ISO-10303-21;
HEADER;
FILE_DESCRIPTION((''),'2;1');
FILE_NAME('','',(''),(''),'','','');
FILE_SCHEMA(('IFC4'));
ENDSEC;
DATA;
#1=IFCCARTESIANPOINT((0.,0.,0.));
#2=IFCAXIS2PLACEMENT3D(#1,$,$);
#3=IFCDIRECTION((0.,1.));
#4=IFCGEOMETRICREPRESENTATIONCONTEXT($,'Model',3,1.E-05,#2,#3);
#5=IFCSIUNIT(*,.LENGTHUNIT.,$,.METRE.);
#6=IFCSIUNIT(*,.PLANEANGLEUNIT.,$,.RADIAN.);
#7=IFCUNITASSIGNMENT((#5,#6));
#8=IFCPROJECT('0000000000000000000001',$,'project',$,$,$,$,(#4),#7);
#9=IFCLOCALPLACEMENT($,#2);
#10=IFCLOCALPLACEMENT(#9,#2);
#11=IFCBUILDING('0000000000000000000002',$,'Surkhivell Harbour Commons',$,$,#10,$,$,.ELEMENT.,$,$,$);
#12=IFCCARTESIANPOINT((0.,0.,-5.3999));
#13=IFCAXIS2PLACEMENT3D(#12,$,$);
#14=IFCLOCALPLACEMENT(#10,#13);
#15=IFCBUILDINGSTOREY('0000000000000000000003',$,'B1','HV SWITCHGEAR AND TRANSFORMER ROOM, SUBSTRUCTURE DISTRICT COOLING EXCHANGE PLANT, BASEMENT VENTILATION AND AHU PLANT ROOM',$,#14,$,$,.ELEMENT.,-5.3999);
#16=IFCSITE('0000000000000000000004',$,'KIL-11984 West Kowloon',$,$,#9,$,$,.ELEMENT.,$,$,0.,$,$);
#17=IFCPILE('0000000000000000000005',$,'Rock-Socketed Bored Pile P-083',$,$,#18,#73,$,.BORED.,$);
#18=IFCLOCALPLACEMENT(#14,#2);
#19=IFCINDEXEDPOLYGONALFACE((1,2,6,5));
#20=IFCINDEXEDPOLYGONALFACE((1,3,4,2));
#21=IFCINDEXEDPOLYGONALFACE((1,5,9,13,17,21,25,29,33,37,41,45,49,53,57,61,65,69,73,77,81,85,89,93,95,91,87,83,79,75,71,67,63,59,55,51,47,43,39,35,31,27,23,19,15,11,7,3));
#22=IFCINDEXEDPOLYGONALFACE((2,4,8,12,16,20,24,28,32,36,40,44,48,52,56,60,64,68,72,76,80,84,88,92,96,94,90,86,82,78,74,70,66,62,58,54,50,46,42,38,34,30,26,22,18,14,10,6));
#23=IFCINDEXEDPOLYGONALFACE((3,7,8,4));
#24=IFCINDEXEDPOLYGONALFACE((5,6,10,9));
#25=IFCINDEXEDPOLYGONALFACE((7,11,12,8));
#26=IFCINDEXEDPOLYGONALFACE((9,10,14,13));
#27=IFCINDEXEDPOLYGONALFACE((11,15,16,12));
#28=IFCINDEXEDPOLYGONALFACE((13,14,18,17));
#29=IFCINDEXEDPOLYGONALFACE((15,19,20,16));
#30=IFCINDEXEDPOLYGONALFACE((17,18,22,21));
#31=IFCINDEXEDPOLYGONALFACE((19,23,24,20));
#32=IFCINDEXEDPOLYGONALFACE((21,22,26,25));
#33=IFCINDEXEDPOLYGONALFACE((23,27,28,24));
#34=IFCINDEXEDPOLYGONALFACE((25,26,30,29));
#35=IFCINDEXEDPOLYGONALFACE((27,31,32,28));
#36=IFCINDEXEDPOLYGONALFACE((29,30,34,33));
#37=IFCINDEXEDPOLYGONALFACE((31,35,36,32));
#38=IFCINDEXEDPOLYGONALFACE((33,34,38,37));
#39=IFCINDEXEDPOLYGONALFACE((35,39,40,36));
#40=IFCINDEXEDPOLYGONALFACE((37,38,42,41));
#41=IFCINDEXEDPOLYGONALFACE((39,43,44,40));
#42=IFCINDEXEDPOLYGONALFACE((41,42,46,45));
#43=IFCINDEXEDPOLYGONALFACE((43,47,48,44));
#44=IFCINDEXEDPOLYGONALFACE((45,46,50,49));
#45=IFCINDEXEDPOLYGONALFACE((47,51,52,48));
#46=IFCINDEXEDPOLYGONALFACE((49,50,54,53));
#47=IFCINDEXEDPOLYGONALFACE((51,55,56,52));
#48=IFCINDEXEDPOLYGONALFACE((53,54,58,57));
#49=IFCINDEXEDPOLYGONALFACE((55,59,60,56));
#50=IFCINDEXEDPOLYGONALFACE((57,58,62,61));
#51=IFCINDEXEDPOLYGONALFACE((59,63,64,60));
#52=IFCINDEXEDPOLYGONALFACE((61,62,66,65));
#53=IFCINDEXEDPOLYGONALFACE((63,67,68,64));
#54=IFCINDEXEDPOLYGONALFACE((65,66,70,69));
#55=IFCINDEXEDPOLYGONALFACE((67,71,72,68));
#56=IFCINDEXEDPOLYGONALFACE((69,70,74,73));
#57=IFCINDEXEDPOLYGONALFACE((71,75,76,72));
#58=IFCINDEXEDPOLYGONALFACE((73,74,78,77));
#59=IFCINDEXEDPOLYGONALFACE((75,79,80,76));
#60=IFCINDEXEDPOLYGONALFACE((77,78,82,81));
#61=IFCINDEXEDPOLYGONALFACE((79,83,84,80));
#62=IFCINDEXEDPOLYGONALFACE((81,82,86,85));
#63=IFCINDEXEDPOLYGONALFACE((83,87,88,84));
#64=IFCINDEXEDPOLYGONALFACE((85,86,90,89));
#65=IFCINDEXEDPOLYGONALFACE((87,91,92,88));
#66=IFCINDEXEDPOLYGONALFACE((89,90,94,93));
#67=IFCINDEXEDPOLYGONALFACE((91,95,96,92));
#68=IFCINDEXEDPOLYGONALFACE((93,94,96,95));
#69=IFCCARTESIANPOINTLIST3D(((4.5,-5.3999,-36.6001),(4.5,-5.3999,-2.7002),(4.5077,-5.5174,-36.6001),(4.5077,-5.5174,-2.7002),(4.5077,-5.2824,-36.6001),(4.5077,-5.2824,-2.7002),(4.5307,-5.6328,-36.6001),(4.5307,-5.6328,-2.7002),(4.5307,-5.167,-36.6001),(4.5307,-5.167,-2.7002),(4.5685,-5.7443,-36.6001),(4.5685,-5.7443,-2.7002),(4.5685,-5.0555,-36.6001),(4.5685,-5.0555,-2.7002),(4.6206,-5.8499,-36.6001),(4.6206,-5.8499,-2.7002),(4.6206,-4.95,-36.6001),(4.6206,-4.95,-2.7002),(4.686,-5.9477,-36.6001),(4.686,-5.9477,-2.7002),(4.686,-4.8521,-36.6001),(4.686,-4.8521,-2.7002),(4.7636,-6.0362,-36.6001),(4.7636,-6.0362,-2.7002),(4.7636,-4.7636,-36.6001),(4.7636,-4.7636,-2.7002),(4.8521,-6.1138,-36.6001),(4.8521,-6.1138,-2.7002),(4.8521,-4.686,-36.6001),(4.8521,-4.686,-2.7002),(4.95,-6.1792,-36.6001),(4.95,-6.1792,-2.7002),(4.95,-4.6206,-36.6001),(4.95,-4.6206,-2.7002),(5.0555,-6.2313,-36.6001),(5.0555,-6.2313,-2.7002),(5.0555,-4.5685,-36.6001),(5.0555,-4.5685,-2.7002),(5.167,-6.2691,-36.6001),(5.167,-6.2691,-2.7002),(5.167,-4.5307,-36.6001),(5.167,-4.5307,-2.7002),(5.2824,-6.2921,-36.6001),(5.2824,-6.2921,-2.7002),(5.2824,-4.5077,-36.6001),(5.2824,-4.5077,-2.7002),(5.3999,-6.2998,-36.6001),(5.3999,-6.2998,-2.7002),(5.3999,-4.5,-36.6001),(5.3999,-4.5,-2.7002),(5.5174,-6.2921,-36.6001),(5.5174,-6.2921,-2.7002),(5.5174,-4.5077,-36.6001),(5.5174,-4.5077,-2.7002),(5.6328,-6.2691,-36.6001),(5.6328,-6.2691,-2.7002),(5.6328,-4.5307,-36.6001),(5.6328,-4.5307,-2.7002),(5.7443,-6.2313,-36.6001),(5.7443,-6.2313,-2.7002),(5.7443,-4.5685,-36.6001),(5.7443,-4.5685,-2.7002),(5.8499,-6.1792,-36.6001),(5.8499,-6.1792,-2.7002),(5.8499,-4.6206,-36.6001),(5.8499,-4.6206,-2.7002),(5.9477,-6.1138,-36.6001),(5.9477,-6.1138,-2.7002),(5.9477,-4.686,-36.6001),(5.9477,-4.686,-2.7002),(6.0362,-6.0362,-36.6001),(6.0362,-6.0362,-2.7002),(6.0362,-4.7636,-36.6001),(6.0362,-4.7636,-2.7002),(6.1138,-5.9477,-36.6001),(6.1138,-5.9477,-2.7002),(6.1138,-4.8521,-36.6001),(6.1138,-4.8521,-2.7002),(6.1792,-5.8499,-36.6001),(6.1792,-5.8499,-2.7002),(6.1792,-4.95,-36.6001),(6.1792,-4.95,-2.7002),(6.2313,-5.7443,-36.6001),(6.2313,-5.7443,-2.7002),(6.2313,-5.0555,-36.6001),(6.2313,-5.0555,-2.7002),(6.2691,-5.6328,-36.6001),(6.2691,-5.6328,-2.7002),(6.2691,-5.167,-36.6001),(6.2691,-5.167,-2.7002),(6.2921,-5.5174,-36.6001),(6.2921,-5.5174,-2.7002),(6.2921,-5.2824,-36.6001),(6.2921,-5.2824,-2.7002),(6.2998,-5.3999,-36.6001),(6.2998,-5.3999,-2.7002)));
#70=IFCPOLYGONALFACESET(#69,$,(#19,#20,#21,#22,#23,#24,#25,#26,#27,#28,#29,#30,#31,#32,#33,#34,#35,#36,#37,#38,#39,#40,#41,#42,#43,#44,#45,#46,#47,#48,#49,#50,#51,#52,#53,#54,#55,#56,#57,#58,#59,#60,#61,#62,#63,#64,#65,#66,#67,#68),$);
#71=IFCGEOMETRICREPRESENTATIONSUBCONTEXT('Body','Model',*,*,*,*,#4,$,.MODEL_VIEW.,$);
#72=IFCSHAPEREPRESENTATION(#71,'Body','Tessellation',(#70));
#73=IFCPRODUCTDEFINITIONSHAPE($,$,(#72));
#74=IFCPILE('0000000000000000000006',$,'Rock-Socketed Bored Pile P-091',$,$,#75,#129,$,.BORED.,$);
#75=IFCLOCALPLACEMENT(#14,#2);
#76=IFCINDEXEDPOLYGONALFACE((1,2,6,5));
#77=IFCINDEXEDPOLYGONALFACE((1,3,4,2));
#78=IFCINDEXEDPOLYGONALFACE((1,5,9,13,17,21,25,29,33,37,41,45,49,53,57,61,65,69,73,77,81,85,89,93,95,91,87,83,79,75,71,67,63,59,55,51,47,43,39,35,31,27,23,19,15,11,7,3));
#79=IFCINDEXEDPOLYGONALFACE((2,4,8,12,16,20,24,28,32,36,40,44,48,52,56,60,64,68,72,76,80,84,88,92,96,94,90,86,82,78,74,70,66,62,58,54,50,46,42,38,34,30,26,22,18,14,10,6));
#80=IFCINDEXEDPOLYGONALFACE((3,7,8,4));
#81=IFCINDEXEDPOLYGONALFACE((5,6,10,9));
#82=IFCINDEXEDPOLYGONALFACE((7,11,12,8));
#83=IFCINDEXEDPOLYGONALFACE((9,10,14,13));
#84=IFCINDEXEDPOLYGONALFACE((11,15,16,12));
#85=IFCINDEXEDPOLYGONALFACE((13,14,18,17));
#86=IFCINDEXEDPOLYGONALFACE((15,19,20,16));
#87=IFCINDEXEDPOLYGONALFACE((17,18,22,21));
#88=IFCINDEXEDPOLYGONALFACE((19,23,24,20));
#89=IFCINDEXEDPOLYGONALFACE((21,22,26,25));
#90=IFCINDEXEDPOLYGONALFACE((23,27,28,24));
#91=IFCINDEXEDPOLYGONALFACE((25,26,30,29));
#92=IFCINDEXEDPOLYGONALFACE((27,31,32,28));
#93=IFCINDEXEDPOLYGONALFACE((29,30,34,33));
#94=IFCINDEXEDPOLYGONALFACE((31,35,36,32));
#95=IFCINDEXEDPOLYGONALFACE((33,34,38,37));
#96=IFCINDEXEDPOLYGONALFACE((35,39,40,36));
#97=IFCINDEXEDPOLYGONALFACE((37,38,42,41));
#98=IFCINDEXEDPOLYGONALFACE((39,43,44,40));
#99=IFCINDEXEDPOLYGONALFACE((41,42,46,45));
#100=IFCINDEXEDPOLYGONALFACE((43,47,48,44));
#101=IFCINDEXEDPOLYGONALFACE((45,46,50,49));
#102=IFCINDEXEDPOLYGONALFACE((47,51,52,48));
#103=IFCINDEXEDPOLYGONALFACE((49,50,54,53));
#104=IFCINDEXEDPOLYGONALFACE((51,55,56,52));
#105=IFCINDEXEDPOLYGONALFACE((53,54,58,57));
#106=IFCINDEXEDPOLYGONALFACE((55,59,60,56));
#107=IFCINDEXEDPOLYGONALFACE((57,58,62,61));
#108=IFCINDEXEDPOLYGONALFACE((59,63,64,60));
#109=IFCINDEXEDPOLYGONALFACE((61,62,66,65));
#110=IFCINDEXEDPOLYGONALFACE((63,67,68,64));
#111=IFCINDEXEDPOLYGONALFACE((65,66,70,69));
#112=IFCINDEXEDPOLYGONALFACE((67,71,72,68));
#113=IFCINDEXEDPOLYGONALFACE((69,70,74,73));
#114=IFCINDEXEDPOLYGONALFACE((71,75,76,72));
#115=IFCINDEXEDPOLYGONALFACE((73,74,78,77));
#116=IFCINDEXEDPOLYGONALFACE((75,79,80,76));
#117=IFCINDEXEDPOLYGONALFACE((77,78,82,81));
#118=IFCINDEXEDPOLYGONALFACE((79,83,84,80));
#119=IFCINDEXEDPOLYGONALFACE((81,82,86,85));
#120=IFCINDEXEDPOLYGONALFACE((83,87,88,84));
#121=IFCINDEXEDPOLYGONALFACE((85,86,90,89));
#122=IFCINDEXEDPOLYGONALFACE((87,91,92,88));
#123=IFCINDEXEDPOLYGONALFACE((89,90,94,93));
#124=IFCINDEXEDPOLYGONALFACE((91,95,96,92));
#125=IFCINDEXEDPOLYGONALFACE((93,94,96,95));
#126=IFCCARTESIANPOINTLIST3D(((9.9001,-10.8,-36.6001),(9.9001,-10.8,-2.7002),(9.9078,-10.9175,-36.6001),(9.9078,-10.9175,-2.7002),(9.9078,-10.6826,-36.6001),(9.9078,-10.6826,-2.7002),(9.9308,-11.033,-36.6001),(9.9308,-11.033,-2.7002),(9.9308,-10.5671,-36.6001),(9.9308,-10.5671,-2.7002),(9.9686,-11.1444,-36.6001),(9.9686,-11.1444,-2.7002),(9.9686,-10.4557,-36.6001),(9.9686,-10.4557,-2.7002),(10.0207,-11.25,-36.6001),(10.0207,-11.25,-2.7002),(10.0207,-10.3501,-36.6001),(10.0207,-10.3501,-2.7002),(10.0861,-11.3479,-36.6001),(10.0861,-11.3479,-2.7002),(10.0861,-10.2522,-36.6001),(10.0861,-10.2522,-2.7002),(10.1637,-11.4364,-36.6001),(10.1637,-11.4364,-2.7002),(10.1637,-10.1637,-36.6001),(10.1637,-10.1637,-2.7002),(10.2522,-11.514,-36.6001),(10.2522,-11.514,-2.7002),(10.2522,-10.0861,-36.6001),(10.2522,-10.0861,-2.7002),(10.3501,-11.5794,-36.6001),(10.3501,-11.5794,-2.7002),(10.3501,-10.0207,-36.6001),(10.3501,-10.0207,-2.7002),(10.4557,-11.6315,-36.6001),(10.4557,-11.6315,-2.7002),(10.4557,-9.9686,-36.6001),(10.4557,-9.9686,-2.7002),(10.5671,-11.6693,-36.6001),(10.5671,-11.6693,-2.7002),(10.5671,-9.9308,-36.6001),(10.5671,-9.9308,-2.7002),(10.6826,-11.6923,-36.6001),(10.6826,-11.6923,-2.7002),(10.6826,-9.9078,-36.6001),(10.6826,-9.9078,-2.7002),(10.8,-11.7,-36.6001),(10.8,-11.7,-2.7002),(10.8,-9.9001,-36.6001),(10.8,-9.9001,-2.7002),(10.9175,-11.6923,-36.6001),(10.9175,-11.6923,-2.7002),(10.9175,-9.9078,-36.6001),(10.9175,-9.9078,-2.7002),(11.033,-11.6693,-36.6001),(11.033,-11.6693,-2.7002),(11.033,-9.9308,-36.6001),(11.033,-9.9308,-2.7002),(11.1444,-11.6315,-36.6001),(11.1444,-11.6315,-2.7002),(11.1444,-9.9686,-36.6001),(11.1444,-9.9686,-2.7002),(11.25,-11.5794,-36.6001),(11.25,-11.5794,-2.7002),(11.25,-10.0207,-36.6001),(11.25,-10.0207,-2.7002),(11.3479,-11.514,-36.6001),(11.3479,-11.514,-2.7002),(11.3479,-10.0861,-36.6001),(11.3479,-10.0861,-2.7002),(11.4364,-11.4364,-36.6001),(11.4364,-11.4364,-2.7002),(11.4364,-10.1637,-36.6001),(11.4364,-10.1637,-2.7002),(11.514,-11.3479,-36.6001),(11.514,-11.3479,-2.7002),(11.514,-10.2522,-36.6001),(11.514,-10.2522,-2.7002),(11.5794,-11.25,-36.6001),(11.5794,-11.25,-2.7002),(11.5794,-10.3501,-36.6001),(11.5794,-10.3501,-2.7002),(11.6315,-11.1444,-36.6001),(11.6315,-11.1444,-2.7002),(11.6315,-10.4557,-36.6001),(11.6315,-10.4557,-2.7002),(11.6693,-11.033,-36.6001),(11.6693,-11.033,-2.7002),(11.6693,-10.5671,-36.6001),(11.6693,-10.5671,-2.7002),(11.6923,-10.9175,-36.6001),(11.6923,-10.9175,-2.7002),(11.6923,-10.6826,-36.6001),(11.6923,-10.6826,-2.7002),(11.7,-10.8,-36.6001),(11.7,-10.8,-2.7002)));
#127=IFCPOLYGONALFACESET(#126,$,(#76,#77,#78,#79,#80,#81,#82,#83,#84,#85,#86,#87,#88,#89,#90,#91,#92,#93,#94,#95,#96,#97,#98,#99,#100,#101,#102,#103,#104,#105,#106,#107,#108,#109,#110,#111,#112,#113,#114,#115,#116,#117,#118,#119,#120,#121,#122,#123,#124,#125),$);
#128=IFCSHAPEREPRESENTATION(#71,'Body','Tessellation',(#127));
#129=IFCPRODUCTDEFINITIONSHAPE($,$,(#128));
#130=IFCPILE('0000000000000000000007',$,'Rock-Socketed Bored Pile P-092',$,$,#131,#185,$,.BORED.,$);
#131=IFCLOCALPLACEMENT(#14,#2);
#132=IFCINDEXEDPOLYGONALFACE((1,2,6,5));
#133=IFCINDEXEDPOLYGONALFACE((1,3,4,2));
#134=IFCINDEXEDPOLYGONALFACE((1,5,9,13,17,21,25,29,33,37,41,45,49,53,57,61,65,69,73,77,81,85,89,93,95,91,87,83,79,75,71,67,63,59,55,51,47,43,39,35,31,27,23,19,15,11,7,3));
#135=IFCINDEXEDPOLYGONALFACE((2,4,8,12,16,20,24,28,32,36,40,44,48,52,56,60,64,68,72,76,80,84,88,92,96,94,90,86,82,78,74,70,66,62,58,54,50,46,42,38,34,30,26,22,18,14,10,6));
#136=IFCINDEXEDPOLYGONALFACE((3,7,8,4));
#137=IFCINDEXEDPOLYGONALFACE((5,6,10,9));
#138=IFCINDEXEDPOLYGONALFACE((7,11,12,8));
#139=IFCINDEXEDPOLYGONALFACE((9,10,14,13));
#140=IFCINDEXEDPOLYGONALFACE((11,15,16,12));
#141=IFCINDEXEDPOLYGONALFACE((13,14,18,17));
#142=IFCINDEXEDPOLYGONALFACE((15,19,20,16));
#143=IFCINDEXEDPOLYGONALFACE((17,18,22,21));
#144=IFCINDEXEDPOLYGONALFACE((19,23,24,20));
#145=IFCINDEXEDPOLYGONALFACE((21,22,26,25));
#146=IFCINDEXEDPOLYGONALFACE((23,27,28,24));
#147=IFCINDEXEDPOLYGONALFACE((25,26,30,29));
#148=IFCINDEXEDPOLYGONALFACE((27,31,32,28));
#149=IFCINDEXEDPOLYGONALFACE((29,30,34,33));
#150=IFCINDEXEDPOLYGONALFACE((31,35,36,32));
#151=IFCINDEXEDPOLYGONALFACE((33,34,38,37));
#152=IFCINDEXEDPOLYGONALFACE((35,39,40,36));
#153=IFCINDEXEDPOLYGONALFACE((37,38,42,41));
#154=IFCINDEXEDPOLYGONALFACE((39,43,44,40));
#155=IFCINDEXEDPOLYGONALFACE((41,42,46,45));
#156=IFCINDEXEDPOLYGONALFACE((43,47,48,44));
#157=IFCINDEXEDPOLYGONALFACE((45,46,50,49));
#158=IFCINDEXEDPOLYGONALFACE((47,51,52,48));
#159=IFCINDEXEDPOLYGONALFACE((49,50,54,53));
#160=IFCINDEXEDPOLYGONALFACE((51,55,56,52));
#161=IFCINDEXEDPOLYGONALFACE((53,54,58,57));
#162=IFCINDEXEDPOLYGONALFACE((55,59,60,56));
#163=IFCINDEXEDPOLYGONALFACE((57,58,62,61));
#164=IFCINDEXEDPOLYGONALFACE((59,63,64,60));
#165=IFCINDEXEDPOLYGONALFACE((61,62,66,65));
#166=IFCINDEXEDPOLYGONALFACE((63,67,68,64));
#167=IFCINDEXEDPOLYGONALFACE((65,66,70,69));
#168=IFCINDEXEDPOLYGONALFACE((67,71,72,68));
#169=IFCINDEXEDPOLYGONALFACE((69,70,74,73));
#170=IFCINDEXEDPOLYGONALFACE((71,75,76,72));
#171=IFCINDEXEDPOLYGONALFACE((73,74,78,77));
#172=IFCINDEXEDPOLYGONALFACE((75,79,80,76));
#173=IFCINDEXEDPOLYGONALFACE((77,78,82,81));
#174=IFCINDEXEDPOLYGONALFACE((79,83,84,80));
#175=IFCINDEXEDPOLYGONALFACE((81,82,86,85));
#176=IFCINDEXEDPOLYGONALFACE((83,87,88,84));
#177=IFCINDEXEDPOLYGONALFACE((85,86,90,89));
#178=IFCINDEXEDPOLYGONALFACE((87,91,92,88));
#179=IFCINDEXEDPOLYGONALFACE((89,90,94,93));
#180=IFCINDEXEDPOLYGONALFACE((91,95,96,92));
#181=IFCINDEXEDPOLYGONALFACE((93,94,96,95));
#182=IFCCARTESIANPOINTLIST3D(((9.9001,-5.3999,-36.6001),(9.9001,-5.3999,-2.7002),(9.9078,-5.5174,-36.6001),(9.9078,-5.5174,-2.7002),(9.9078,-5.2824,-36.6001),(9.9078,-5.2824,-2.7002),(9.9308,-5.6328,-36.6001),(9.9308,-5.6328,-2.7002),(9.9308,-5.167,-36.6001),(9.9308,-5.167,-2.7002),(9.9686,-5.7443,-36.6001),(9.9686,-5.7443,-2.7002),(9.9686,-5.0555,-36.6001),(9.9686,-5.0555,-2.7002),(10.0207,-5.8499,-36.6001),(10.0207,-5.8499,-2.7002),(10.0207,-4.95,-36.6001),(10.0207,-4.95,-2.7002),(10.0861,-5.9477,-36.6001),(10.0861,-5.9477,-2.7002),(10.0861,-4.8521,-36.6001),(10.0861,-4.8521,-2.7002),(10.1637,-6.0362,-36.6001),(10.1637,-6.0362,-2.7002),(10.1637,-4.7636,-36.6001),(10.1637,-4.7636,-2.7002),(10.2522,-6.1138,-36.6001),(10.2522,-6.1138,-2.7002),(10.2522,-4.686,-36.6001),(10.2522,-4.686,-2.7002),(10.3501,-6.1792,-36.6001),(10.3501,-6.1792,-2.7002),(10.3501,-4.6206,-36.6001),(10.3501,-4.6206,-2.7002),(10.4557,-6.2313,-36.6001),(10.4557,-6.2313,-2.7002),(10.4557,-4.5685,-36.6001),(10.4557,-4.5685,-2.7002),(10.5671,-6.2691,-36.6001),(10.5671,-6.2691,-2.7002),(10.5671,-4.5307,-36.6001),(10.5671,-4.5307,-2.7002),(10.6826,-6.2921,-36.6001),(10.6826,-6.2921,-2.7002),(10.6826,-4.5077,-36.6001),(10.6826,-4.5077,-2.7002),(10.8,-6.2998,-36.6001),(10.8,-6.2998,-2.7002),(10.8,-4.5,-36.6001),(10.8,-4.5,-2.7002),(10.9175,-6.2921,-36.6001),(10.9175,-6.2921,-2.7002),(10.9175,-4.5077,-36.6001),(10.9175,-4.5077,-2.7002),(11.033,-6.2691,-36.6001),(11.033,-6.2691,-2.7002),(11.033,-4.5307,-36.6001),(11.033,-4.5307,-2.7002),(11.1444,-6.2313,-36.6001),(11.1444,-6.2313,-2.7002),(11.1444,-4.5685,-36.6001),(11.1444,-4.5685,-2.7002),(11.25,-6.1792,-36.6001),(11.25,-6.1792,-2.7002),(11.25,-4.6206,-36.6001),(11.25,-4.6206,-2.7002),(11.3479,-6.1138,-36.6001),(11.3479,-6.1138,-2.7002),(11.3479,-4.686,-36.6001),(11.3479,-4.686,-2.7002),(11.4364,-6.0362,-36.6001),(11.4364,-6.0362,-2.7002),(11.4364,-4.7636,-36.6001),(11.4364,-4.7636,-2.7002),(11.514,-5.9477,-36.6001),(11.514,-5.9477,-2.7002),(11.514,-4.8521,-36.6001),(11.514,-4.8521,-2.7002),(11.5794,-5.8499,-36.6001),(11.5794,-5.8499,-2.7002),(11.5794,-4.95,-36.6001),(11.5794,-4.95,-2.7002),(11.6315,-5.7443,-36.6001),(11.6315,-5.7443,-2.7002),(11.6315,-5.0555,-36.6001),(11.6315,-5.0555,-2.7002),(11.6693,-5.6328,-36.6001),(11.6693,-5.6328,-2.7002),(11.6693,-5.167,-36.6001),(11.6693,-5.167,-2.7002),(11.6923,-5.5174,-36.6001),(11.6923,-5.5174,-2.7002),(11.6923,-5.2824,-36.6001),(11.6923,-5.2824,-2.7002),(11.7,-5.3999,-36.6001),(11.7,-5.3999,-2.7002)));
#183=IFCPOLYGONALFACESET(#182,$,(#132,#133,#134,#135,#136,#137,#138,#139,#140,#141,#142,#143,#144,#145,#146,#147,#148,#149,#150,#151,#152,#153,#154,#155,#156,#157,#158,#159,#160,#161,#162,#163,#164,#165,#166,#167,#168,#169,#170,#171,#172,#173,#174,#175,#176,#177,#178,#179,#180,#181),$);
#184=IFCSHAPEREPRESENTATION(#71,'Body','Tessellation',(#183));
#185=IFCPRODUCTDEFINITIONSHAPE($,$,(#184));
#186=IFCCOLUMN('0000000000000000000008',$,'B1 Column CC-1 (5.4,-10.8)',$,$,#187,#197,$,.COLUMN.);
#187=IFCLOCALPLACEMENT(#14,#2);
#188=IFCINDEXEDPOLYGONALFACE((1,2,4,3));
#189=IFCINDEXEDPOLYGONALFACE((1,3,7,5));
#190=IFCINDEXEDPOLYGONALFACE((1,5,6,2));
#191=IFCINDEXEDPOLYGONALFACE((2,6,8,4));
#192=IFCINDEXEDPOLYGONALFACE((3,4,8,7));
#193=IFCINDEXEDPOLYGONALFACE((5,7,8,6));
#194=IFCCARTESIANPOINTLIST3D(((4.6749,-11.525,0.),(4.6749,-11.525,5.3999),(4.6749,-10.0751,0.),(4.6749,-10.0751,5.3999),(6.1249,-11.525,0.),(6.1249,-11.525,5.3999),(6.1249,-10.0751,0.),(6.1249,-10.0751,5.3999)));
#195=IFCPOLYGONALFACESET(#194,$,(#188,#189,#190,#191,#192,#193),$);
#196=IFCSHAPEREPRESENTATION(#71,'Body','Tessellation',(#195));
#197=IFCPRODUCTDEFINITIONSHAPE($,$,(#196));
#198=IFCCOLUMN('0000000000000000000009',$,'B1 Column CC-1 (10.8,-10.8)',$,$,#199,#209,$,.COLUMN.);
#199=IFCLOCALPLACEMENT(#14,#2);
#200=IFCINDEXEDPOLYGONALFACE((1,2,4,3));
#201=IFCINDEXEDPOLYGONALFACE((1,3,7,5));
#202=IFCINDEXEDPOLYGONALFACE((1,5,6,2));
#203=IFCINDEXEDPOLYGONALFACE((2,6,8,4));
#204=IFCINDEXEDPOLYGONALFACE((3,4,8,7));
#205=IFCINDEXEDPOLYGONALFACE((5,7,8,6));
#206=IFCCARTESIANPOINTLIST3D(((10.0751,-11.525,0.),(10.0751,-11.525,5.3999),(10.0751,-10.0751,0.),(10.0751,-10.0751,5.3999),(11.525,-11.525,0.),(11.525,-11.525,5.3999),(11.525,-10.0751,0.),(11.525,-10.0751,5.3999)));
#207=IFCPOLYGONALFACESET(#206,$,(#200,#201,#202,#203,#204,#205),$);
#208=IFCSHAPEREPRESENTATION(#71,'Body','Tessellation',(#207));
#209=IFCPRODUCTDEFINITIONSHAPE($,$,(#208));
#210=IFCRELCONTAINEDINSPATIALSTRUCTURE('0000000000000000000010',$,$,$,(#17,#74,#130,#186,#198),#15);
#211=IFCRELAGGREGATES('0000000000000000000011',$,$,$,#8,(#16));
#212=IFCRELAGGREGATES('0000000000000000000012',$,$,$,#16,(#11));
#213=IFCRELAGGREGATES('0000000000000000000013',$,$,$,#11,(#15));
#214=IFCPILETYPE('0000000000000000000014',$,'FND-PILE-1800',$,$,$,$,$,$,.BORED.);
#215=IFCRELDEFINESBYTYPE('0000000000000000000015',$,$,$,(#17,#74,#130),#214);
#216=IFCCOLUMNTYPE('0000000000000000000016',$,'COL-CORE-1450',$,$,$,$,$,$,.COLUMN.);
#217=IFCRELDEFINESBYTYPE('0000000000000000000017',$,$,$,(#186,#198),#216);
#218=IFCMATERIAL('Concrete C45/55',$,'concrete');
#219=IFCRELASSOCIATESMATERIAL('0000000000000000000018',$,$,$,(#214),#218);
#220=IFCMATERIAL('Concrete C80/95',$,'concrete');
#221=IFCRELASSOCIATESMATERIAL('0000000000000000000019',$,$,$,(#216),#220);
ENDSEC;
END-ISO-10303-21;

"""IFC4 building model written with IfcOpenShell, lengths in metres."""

from ifc_helpers import new_model, si_unit, direction, frame, origin, origin_2d, place, context, subcontext, project, spatial, rectangle, circle, extrude, material, material_profile, profile_set, type_object, element, save


model = new_model("IFC4")

# Units and contexts
model_context = context("Model", 3, precision=1e-05, world=origin(), true_north=direction((0.0, 1.0)))
body_context = subcontext(model_context, "Body", "Model", "MODEL_VIEW")
ifc_project = project(units=[si_unit("LENGTHUNIT", "METRE"), si_unit("PLANEANGLEUNIT", "RADIAN")], contexts=[model_context])

# Site, building, storey
site_placement = place(None, origin())
site = spatial("IfcSite", under=ifc_project, at=site_placement, Name="KIL-11984 West Kowloon", CompositionType="ELEMENT", RefElevation=0.0)
building_placement = place(site_placement, origin())
building = spatial("IfcBuilding", under=site, at=building_placement, Name="Surkhivell Harbour Commons", CompositionType="ELEMENT")
storey_placement = place(building_placement, frame((0.0, 0.0, -5.3999)))
storey = spatial("IfcBuildingStorey", under=building, at=storey_placement, Name="B1", Description="HV SWITCHGEAR AND TRANSFORMER ROOM, SUBSTRUCTURE DISTRICT COOLING EXCHANGE PLANT, BASEMENT VENTILATION AND AHU PLANT ROOM", CompositionType="ELEMENT", Elevation=-5.3999)

# Piles
ifc_material_1 = material(Name="Concrete C45/55", Category="concrete")
ifc_material_profile_1 = material_profile(ifc_material_1, circle(Radius=0.8999, at=origin_2d()), Name="PILE-1800")
ifc_profile_set_1 = profile_set([ifc_material_profile_1], Name="Concrete C45/55")
pile_type_1 = type_object("IfcPileType", Name="FND-PILE-1800", PredefinedType="BORED", material=ifc_profile_set_1)
for number, where, z_axis, x_axis, name in (
    (1, (5.3999, -5.3999, -2.7002), (0.0, 0.0, -1.0), (1.0, 0.0, 0.0), "Rock-Socketed Bored Pile P-083"),
    (2, (10.8, -10.8, -2.7002), (0.0, 0.0, -1.0), (1.0, 0.0, 0.0), "Rock-Socketed Bored Pile P-091"),
    (3, (10.8, -5.3999, -2.7002), (0.0, 0.0, -1.0), (1.0, 0.0, 0.0), "Rock-Socketed Bored Pile P-092"),
):
    element("IfcPile", number, at=place(storey_placement, frame(where, z_axis=z_axis, x_axis=x_axis)), inside=storey, type_object=pile_type_1, Name=name, PredefinedType="BORED", context=body_context, shape_type="SweptSolid", body=[
        extrude(circle(Radius=0.8999, at=origin_2d()), origin(), (0.0, 0.0, 1.0), 33.8999),
    ])

# Columns
ifc_material_2 = material(Name="Concrete C80/95", Category="concrete")
ifc_material_profile_2 = material_profile(ifc_material_2, rectangle(XDim=1.45, YDim=1.45, at=origin_2d()), Name="RC-COL-1450x1450")
ifc_profile_set_2 = profile_set([ifc_material_profile_2], Name="Concrete C80/95")
column_type = type_object("IfcColumnType", Name="COL-CORE-1450", PredefinedType="COLUMN", material=ifc_profile_set_2)
for number, where, z_axis, x_axis, name in (
    (4, (5.3999, -10.8, 0.0), (0.0, 0.0, 1.0), (1.0, 0.0, 0.0), "B1 Column CC-1 (5.4,-10.8)"),
    (5, (10.8, -10.8, 0.0), (0.0, 0.0, 1.0), (1.0, 0.0, 0.0), "B1 Column CC-1 (10.8,-10.8)"),
):
    element("IfcColumn", number, at=place(storey_placement, frame(where, z_axis=z_axis, x_axis=x_axis)), inside=storey, type_object=column_type, Name=name, PredefinedType="COLUMN", context=body_context, shape_type="SweptSolid", body=[
        extrude(rectangle(XDim=1.45, YDim=1.45, at=origin_2d()), origin(), (0.0, 0.0, 1.0), 5.3999),
    ])

save(model, "model.ifc")
